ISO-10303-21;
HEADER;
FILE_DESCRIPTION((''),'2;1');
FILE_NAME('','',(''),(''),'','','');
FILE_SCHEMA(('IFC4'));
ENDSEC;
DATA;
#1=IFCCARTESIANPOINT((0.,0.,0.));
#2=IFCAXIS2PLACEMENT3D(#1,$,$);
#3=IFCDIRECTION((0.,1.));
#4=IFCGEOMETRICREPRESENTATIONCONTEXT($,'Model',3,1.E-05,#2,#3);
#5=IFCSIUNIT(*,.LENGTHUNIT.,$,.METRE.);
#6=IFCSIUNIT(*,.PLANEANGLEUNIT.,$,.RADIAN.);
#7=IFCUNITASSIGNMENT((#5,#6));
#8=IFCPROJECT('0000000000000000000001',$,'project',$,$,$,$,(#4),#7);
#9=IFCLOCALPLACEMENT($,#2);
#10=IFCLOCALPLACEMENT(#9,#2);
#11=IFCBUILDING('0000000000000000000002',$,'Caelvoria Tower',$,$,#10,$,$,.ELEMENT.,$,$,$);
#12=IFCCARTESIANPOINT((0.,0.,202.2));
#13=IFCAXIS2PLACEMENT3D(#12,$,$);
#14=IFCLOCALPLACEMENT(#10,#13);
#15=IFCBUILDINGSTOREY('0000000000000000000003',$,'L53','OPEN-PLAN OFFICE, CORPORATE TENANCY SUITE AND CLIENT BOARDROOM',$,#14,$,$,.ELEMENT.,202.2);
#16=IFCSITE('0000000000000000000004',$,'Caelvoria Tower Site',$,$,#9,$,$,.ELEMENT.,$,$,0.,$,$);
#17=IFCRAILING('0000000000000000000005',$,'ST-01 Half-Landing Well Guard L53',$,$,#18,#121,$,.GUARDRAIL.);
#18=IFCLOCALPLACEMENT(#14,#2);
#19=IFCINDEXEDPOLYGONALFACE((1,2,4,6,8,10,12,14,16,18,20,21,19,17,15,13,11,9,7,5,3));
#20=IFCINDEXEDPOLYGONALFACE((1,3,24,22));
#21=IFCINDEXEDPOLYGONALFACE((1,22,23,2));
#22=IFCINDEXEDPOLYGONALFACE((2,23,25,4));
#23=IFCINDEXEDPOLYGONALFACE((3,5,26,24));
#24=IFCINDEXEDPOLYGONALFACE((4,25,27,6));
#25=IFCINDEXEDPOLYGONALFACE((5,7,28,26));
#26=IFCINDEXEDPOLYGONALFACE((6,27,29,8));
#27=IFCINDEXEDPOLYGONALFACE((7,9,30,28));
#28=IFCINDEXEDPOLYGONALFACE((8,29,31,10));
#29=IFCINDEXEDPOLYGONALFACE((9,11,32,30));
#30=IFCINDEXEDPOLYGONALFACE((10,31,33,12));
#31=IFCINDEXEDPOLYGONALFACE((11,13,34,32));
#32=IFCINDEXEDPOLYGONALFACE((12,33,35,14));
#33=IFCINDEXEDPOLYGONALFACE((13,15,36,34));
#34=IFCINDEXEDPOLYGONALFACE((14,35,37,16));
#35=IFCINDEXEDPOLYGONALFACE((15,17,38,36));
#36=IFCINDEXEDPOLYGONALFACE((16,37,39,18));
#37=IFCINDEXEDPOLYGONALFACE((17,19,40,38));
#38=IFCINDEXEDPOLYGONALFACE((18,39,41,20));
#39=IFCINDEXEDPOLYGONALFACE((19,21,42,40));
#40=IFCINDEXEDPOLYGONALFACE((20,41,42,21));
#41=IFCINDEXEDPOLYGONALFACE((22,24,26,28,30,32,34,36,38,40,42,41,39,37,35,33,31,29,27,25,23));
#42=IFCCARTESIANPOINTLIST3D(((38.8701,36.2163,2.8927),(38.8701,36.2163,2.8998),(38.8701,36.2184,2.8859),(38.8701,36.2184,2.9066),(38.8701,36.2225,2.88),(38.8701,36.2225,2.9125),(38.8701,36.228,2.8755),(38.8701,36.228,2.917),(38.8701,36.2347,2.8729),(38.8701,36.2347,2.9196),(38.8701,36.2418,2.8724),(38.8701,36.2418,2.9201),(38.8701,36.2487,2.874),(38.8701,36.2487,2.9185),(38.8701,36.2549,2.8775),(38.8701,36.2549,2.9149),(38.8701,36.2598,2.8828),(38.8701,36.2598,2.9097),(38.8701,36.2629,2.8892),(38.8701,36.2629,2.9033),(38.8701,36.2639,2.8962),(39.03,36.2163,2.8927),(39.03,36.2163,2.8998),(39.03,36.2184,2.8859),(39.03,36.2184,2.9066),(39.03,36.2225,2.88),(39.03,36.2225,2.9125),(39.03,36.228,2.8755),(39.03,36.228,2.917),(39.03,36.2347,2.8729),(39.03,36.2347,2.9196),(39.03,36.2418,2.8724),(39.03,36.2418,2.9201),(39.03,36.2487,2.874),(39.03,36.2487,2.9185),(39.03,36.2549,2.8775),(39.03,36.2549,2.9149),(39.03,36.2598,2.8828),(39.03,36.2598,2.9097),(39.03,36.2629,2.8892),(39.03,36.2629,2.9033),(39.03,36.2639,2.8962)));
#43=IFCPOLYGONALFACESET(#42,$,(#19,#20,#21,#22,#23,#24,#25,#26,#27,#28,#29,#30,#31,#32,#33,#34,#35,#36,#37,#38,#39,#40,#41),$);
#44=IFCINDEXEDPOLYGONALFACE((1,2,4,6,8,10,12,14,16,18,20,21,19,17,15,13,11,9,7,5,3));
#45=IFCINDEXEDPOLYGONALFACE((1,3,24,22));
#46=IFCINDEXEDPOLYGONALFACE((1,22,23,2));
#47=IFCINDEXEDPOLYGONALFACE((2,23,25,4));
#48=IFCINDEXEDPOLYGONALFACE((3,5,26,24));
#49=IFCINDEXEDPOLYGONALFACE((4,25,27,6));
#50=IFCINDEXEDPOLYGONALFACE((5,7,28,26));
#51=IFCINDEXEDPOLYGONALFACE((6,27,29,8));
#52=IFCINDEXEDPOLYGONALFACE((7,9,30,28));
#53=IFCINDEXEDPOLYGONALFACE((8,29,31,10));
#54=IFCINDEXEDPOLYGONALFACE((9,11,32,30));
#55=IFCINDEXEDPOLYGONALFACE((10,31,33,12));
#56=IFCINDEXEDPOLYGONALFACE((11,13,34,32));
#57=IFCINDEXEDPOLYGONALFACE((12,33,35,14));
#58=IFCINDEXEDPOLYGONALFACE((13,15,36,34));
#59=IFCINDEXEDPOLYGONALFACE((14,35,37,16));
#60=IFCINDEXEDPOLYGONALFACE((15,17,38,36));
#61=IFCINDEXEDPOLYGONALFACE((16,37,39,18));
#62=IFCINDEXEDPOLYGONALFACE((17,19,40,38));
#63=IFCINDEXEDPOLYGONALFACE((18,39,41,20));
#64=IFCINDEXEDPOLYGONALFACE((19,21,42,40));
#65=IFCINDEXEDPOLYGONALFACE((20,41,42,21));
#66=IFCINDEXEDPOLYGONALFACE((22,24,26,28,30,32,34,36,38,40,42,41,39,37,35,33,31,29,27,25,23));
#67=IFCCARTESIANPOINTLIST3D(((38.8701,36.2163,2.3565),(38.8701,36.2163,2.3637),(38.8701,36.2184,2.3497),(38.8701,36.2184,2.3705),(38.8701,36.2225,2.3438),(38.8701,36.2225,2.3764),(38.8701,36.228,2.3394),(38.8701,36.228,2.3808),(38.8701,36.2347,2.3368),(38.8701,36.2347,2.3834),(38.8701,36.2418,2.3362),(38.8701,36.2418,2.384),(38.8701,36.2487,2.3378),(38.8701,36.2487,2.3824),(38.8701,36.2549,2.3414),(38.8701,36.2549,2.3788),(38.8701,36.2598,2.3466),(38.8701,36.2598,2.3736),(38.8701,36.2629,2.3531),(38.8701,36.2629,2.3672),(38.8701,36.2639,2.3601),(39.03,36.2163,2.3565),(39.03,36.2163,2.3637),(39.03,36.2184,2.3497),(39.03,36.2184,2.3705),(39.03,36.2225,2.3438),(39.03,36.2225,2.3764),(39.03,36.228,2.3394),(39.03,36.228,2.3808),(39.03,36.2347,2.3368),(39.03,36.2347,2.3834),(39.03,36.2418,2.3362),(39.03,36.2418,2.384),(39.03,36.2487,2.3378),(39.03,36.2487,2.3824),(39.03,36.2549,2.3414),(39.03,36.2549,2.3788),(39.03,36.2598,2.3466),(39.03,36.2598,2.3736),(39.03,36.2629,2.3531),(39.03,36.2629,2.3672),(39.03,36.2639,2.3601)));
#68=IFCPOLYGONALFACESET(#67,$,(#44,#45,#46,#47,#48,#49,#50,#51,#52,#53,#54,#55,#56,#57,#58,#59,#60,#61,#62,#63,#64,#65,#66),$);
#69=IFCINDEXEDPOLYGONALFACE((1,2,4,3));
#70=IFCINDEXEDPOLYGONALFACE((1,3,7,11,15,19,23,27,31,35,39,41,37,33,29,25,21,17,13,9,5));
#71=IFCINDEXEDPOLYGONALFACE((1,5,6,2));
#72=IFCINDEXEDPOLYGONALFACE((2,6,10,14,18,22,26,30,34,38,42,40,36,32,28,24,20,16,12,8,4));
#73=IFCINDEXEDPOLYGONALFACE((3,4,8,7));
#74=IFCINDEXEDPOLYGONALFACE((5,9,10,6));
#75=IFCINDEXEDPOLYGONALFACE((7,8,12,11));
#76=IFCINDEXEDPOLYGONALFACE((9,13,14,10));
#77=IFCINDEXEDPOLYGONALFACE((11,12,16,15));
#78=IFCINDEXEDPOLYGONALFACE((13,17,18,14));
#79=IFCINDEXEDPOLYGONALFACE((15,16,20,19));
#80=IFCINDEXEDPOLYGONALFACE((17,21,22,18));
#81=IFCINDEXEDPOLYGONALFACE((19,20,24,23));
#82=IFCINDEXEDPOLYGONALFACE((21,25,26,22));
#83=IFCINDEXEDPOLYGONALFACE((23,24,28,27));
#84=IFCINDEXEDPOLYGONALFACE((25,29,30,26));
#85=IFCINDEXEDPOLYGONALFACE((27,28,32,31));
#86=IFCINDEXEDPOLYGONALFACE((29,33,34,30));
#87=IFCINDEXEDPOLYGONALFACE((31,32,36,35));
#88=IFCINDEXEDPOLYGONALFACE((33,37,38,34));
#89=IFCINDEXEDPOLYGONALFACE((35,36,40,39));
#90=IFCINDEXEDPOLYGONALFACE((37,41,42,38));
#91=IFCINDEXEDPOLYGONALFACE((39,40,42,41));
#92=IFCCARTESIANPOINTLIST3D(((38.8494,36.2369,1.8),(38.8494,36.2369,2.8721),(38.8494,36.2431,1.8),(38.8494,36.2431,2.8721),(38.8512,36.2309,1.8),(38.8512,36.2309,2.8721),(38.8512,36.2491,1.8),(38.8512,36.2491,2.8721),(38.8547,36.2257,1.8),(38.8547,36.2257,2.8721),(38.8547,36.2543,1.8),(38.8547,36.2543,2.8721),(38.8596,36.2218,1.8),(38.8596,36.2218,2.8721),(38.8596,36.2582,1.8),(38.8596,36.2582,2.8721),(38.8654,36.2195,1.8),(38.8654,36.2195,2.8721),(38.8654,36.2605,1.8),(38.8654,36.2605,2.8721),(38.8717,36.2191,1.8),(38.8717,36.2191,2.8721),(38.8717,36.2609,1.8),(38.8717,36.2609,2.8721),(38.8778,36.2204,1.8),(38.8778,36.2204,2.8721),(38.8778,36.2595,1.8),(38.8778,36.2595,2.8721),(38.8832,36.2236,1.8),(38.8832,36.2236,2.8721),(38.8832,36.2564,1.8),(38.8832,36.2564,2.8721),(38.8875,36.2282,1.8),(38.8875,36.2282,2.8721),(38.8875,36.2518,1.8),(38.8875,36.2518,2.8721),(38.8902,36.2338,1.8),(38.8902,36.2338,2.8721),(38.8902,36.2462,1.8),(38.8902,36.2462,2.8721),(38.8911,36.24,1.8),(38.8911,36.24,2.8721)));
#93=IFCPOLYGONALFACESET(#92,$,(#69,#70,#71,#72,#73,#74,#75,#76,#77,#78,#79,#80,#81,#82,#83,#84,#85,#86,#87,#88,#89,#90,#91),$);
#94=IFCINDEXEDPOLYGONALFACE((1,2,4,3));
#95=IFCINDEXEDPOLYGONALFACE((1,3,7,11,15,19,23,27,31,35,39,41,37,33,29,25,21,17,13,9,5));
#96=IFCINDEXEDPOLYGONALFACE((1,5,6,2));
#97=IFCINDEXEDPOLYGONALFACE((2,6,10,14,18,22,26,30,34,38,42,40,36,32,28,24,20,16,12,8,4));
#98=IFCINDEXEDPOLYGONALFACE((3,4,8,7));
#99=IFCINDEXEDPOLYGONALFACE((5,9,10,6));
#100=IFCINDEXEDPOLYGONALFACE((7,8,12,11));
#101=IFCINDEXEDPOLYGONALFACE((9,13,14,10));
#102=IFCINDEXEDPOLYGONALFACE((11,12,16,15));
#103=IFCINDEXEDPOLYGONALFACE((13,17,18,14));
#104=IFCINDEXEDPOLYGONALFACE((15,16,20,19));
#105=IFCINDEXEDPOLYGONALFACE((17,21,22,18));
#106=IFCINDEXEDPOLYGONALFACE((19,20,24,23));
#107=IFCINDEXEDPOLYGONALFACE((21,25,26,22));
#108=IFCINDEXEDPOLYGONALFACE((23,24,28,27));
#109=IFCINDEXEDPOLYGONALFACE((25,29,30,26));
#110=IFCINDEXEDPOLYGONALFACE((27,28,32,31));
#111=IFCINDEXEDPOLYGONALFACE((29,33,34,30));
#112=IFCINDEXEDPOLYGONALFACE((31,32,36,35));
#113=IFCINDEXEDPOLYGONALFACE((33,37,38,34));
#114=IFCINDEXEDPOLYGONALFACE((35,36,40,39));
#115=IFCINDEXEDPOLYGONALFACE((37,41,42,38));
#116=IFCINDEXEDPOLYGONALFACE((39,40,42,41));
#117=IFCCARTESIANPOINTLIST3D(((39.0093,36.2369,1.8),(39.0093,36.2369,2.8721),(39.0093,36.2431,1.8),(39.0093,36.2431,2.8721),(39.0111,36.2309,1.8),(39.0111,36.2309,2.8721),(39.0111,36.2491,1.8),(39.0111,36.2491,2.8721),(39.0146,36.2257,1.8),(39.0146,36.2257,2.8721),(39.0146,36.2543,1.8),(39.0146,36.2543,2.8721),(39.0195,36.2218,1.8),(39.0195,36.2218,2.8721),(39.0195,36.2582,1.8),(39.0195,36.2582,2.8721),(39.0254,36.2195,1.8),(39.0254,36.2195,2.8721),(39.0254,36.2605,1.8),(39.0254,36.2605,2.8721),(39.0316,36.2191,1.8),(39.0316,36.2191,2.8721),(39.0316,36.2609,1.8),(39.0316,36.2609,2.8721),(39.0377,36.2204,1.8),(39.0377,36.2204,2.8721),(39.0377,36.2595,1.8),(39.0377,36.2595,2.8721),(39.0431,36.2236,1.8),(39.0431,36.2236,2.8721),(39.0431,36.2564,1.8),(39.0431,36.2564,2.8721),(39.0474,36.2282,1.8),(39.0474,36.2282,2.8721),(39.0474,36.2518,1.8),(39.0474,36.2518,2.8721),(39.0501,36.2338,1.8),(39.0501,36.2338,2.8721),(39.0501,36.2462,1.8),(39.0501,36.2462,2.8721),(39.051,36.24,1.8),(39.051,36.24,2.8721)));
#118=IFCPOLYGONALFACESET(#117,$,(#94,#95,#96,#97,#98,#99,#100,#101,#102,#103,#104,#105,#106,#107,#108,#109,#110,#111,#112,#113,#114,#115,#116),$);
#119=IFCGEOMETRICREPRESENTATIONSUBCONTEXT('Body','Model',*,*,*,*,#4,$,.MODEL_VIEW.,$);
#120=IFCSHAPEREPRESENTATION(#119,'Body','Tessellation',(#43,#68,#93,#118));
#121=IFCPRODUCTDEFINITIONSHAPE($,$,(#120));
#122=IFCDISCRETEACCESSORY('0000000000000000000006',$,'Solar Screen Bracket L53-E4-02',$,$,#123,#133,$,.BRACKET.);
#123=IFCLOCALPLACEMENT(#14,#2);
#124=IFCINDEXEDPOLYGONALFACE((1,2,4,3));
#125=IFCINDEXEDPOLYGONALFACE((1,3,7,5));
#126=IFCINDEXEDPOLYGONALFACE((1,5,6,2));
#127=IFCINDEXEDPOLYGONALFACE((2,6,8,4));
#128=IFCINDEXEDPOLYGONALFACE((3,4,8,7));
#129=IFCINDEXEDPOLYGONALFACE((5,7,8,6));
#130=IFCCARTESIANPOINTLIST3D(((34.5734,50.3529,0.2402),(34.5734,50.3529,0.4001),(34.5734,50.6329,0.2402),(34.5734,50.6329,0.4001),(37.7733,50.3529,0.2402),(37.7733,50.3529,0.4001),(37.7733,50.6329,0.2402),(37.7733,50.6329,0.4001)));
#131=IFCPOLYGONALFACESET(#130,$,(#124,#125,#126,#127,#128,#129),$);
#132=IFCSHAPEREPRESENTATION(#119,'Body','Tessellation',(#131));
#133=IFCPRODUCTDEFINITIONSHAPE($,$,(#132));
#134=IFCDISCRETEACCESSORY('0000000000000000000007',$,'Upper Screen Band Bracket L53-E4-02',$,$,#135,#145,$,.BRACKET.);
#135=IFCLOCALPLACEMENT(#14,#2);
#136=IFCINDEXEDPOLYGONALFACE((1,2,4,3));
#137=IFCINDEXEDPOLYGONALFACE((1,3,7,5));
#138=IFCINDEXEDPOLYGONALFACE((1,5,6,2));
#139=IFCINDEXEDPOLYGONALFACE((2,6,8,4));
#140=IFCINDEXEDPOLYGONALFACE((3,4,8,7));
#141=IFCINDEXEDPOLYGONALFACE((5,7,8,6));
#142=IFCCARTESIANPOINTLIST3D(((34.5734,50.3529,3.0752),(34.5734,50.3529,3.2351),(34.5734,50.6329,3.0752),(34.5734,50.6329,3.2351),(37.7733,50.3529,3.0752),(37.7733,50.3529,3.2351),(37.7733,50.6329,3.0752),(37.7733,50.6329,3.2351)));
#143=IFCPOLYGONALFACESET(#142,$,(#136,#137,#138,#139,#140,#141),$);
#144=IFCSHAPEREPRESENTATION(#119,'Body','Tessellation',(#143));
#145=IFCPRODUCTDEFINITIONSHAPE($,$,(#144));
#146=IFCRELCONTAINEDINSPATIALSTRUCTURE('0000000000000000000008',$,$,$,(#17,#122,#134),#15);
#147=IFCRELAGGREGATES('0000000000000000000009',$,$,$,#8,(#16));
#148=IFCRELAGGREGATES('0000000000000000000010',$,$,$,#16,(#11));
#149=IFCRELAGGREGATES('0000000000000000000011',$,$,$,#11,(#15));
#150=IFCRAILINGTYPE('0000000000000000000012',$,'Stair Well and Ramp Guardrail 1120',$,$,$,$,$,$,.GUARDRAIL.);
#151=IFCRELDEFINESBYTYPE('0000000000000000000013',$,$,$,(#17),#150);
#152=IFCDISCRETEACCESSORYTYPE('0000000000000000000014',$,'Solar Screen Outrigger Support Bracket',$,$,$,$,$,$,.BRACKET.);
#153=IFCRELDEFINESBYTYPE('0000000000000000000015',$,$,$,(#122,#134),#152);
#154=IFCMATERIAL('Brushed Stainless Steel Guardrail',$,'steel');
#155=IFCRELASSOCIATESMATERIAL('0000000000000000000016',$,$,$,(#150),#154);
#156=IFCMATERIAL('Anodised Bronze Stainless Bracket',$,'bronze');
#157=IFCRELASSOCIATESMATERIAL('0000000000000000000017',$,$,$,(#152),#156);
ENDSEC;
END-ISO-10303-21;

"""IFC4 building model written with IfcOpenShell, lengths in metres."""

from ifc_helpers import new_model, si_unit, direction, frame, origin, origin_2d, place, context, subcontext, project, spatial, rectangle, circle, extrude, material, type_object, element, save


model = new_model("IFC4")

# Units and contexts
model_context = context("Model", 3, precision=1e-05, world=origin(), true_north=direction((0.0, 1.0)))
body_context = subcontext(model_context, "Body", "Model", "MODEL_VIEW")
ifc_project = project(units=[si_unit("LENGTHUNIT", "METRE"), si_unit("PLANEANGLEUNIT", "RADIAN")], contexts=[model_context])

# Site, building, storey
site_placement = place(None, origin())
site = spatial("IfcSite", under=ifc_project, at=site_placement, Name="Caelvoria Tower Site", CompositionType="ELEMENT", RefElevation=0.0)
building_placement = place(site_placement, origin())
building = spatial("IfcBuilding", under=site, at=building_placement, Name="Caelvoria Tower", CompositionType="ELEMENT")
storey_placement = place(building_placement, frame((0.0, 0.0, 202.2)))
storey = spatial("IfcBuildingStorey", under=building, at=storey_placement, Name="L53", Description="OPEN-PLAN OFFICE, CORPORATE TENANCY SUITE AND CLIENT BOARDROOM", CompositionType="ELEMENT", Elevation=202.2)

# Railing
ifc_material_1 = material(Name="Brushed Stainless Steel Guardrail", Category="steel")
railing_type_1 = type_object("IfcRailingType", Name="Stair Well and Ramp Guardrail 1120", PredefinedType="GUARDRAIL", material=ifc_material_1)
railing_1_placement = place(storey_placement, frame((38.8701, 36.24, 1.8)))
element("IfcRailing", 1, at=railing_1_placement, inside=storey, type_object=railing_type_1, Name="ST-01 Half-Landing Well Guard L53", PredefinedType="GUARDRAIL", context=body_context, shape_type="SweptSolid", body=[
    extrude(circle(Radius=0.0239, at=origin_2d()), frame((0.0, 0.0, 1.0962), z_axis=(1.0, 0.0, 0.0), x_axis=(0.0, 1.0, 0.0)), (0.0, 0.0, 1.0), 0.1599),
    extrude(circle(Radius=0.0239, at=origin_2d()), frame((0.0, 0.0, 0.5601), z_axis=(1.0, 0.0, 0.0), x_axis=(0.0, 1.0, 0.0)), (0.0, 0.0, 1.0), 0.1599),
    extrude(circle(Radius=0.021, at=origin_2d()), origin(), (0.0, 0.0, 1.0), 1.072),
    extrude(circle(Radius=0.021, at=origin_2d()), frame((0.1599, 0.0, 0.0)), (0.0, 0.0, 1.0), 1.072),
])

# Discrete accessories
ifc_material_2 = material(Name="Anodised Bronze Stainless Bracket", Category="bronze")
discrete_accessory_type = type_object("IfcDiscreteAccessoryType", Name="Solar Screen Outrigger Support Bracket", PredefinedType="BRACKET", material=ifc_material_2)
for number, where, z_axis, x_axis, name in (
    (2, (36.1733, 50.4929, 0.2402), (0.0, 0.0, 1.0), (-1.0, 0.0, 0.0), "Solar Screen Bracket L53-E4-02"),
    (3, (36.1733, 50.4929, 3.0752), (0.0, 0.0, 1.0), (-1.0, 0.0, 0.0), "Upper Screen Band Bracket L53-E4-02"),
):
    element("IfcDiscreteAccessory", number, at=place(storey_placement, frame(where, z_axis=z_axis, x_axis=x_axis)), inside=storey, type_object=discrete_accessory_type, Name=name, PredefinedType="BRACKET", context=body_context, shape_type="SweptSolid", body=[
        extrude(rectangle(XDim=3.2, YDim=0.28, at=origin_2d()), origin(), (0.0, 0.0, 1.0), 0.1599),
    ])

save(model, "model.ifc")
